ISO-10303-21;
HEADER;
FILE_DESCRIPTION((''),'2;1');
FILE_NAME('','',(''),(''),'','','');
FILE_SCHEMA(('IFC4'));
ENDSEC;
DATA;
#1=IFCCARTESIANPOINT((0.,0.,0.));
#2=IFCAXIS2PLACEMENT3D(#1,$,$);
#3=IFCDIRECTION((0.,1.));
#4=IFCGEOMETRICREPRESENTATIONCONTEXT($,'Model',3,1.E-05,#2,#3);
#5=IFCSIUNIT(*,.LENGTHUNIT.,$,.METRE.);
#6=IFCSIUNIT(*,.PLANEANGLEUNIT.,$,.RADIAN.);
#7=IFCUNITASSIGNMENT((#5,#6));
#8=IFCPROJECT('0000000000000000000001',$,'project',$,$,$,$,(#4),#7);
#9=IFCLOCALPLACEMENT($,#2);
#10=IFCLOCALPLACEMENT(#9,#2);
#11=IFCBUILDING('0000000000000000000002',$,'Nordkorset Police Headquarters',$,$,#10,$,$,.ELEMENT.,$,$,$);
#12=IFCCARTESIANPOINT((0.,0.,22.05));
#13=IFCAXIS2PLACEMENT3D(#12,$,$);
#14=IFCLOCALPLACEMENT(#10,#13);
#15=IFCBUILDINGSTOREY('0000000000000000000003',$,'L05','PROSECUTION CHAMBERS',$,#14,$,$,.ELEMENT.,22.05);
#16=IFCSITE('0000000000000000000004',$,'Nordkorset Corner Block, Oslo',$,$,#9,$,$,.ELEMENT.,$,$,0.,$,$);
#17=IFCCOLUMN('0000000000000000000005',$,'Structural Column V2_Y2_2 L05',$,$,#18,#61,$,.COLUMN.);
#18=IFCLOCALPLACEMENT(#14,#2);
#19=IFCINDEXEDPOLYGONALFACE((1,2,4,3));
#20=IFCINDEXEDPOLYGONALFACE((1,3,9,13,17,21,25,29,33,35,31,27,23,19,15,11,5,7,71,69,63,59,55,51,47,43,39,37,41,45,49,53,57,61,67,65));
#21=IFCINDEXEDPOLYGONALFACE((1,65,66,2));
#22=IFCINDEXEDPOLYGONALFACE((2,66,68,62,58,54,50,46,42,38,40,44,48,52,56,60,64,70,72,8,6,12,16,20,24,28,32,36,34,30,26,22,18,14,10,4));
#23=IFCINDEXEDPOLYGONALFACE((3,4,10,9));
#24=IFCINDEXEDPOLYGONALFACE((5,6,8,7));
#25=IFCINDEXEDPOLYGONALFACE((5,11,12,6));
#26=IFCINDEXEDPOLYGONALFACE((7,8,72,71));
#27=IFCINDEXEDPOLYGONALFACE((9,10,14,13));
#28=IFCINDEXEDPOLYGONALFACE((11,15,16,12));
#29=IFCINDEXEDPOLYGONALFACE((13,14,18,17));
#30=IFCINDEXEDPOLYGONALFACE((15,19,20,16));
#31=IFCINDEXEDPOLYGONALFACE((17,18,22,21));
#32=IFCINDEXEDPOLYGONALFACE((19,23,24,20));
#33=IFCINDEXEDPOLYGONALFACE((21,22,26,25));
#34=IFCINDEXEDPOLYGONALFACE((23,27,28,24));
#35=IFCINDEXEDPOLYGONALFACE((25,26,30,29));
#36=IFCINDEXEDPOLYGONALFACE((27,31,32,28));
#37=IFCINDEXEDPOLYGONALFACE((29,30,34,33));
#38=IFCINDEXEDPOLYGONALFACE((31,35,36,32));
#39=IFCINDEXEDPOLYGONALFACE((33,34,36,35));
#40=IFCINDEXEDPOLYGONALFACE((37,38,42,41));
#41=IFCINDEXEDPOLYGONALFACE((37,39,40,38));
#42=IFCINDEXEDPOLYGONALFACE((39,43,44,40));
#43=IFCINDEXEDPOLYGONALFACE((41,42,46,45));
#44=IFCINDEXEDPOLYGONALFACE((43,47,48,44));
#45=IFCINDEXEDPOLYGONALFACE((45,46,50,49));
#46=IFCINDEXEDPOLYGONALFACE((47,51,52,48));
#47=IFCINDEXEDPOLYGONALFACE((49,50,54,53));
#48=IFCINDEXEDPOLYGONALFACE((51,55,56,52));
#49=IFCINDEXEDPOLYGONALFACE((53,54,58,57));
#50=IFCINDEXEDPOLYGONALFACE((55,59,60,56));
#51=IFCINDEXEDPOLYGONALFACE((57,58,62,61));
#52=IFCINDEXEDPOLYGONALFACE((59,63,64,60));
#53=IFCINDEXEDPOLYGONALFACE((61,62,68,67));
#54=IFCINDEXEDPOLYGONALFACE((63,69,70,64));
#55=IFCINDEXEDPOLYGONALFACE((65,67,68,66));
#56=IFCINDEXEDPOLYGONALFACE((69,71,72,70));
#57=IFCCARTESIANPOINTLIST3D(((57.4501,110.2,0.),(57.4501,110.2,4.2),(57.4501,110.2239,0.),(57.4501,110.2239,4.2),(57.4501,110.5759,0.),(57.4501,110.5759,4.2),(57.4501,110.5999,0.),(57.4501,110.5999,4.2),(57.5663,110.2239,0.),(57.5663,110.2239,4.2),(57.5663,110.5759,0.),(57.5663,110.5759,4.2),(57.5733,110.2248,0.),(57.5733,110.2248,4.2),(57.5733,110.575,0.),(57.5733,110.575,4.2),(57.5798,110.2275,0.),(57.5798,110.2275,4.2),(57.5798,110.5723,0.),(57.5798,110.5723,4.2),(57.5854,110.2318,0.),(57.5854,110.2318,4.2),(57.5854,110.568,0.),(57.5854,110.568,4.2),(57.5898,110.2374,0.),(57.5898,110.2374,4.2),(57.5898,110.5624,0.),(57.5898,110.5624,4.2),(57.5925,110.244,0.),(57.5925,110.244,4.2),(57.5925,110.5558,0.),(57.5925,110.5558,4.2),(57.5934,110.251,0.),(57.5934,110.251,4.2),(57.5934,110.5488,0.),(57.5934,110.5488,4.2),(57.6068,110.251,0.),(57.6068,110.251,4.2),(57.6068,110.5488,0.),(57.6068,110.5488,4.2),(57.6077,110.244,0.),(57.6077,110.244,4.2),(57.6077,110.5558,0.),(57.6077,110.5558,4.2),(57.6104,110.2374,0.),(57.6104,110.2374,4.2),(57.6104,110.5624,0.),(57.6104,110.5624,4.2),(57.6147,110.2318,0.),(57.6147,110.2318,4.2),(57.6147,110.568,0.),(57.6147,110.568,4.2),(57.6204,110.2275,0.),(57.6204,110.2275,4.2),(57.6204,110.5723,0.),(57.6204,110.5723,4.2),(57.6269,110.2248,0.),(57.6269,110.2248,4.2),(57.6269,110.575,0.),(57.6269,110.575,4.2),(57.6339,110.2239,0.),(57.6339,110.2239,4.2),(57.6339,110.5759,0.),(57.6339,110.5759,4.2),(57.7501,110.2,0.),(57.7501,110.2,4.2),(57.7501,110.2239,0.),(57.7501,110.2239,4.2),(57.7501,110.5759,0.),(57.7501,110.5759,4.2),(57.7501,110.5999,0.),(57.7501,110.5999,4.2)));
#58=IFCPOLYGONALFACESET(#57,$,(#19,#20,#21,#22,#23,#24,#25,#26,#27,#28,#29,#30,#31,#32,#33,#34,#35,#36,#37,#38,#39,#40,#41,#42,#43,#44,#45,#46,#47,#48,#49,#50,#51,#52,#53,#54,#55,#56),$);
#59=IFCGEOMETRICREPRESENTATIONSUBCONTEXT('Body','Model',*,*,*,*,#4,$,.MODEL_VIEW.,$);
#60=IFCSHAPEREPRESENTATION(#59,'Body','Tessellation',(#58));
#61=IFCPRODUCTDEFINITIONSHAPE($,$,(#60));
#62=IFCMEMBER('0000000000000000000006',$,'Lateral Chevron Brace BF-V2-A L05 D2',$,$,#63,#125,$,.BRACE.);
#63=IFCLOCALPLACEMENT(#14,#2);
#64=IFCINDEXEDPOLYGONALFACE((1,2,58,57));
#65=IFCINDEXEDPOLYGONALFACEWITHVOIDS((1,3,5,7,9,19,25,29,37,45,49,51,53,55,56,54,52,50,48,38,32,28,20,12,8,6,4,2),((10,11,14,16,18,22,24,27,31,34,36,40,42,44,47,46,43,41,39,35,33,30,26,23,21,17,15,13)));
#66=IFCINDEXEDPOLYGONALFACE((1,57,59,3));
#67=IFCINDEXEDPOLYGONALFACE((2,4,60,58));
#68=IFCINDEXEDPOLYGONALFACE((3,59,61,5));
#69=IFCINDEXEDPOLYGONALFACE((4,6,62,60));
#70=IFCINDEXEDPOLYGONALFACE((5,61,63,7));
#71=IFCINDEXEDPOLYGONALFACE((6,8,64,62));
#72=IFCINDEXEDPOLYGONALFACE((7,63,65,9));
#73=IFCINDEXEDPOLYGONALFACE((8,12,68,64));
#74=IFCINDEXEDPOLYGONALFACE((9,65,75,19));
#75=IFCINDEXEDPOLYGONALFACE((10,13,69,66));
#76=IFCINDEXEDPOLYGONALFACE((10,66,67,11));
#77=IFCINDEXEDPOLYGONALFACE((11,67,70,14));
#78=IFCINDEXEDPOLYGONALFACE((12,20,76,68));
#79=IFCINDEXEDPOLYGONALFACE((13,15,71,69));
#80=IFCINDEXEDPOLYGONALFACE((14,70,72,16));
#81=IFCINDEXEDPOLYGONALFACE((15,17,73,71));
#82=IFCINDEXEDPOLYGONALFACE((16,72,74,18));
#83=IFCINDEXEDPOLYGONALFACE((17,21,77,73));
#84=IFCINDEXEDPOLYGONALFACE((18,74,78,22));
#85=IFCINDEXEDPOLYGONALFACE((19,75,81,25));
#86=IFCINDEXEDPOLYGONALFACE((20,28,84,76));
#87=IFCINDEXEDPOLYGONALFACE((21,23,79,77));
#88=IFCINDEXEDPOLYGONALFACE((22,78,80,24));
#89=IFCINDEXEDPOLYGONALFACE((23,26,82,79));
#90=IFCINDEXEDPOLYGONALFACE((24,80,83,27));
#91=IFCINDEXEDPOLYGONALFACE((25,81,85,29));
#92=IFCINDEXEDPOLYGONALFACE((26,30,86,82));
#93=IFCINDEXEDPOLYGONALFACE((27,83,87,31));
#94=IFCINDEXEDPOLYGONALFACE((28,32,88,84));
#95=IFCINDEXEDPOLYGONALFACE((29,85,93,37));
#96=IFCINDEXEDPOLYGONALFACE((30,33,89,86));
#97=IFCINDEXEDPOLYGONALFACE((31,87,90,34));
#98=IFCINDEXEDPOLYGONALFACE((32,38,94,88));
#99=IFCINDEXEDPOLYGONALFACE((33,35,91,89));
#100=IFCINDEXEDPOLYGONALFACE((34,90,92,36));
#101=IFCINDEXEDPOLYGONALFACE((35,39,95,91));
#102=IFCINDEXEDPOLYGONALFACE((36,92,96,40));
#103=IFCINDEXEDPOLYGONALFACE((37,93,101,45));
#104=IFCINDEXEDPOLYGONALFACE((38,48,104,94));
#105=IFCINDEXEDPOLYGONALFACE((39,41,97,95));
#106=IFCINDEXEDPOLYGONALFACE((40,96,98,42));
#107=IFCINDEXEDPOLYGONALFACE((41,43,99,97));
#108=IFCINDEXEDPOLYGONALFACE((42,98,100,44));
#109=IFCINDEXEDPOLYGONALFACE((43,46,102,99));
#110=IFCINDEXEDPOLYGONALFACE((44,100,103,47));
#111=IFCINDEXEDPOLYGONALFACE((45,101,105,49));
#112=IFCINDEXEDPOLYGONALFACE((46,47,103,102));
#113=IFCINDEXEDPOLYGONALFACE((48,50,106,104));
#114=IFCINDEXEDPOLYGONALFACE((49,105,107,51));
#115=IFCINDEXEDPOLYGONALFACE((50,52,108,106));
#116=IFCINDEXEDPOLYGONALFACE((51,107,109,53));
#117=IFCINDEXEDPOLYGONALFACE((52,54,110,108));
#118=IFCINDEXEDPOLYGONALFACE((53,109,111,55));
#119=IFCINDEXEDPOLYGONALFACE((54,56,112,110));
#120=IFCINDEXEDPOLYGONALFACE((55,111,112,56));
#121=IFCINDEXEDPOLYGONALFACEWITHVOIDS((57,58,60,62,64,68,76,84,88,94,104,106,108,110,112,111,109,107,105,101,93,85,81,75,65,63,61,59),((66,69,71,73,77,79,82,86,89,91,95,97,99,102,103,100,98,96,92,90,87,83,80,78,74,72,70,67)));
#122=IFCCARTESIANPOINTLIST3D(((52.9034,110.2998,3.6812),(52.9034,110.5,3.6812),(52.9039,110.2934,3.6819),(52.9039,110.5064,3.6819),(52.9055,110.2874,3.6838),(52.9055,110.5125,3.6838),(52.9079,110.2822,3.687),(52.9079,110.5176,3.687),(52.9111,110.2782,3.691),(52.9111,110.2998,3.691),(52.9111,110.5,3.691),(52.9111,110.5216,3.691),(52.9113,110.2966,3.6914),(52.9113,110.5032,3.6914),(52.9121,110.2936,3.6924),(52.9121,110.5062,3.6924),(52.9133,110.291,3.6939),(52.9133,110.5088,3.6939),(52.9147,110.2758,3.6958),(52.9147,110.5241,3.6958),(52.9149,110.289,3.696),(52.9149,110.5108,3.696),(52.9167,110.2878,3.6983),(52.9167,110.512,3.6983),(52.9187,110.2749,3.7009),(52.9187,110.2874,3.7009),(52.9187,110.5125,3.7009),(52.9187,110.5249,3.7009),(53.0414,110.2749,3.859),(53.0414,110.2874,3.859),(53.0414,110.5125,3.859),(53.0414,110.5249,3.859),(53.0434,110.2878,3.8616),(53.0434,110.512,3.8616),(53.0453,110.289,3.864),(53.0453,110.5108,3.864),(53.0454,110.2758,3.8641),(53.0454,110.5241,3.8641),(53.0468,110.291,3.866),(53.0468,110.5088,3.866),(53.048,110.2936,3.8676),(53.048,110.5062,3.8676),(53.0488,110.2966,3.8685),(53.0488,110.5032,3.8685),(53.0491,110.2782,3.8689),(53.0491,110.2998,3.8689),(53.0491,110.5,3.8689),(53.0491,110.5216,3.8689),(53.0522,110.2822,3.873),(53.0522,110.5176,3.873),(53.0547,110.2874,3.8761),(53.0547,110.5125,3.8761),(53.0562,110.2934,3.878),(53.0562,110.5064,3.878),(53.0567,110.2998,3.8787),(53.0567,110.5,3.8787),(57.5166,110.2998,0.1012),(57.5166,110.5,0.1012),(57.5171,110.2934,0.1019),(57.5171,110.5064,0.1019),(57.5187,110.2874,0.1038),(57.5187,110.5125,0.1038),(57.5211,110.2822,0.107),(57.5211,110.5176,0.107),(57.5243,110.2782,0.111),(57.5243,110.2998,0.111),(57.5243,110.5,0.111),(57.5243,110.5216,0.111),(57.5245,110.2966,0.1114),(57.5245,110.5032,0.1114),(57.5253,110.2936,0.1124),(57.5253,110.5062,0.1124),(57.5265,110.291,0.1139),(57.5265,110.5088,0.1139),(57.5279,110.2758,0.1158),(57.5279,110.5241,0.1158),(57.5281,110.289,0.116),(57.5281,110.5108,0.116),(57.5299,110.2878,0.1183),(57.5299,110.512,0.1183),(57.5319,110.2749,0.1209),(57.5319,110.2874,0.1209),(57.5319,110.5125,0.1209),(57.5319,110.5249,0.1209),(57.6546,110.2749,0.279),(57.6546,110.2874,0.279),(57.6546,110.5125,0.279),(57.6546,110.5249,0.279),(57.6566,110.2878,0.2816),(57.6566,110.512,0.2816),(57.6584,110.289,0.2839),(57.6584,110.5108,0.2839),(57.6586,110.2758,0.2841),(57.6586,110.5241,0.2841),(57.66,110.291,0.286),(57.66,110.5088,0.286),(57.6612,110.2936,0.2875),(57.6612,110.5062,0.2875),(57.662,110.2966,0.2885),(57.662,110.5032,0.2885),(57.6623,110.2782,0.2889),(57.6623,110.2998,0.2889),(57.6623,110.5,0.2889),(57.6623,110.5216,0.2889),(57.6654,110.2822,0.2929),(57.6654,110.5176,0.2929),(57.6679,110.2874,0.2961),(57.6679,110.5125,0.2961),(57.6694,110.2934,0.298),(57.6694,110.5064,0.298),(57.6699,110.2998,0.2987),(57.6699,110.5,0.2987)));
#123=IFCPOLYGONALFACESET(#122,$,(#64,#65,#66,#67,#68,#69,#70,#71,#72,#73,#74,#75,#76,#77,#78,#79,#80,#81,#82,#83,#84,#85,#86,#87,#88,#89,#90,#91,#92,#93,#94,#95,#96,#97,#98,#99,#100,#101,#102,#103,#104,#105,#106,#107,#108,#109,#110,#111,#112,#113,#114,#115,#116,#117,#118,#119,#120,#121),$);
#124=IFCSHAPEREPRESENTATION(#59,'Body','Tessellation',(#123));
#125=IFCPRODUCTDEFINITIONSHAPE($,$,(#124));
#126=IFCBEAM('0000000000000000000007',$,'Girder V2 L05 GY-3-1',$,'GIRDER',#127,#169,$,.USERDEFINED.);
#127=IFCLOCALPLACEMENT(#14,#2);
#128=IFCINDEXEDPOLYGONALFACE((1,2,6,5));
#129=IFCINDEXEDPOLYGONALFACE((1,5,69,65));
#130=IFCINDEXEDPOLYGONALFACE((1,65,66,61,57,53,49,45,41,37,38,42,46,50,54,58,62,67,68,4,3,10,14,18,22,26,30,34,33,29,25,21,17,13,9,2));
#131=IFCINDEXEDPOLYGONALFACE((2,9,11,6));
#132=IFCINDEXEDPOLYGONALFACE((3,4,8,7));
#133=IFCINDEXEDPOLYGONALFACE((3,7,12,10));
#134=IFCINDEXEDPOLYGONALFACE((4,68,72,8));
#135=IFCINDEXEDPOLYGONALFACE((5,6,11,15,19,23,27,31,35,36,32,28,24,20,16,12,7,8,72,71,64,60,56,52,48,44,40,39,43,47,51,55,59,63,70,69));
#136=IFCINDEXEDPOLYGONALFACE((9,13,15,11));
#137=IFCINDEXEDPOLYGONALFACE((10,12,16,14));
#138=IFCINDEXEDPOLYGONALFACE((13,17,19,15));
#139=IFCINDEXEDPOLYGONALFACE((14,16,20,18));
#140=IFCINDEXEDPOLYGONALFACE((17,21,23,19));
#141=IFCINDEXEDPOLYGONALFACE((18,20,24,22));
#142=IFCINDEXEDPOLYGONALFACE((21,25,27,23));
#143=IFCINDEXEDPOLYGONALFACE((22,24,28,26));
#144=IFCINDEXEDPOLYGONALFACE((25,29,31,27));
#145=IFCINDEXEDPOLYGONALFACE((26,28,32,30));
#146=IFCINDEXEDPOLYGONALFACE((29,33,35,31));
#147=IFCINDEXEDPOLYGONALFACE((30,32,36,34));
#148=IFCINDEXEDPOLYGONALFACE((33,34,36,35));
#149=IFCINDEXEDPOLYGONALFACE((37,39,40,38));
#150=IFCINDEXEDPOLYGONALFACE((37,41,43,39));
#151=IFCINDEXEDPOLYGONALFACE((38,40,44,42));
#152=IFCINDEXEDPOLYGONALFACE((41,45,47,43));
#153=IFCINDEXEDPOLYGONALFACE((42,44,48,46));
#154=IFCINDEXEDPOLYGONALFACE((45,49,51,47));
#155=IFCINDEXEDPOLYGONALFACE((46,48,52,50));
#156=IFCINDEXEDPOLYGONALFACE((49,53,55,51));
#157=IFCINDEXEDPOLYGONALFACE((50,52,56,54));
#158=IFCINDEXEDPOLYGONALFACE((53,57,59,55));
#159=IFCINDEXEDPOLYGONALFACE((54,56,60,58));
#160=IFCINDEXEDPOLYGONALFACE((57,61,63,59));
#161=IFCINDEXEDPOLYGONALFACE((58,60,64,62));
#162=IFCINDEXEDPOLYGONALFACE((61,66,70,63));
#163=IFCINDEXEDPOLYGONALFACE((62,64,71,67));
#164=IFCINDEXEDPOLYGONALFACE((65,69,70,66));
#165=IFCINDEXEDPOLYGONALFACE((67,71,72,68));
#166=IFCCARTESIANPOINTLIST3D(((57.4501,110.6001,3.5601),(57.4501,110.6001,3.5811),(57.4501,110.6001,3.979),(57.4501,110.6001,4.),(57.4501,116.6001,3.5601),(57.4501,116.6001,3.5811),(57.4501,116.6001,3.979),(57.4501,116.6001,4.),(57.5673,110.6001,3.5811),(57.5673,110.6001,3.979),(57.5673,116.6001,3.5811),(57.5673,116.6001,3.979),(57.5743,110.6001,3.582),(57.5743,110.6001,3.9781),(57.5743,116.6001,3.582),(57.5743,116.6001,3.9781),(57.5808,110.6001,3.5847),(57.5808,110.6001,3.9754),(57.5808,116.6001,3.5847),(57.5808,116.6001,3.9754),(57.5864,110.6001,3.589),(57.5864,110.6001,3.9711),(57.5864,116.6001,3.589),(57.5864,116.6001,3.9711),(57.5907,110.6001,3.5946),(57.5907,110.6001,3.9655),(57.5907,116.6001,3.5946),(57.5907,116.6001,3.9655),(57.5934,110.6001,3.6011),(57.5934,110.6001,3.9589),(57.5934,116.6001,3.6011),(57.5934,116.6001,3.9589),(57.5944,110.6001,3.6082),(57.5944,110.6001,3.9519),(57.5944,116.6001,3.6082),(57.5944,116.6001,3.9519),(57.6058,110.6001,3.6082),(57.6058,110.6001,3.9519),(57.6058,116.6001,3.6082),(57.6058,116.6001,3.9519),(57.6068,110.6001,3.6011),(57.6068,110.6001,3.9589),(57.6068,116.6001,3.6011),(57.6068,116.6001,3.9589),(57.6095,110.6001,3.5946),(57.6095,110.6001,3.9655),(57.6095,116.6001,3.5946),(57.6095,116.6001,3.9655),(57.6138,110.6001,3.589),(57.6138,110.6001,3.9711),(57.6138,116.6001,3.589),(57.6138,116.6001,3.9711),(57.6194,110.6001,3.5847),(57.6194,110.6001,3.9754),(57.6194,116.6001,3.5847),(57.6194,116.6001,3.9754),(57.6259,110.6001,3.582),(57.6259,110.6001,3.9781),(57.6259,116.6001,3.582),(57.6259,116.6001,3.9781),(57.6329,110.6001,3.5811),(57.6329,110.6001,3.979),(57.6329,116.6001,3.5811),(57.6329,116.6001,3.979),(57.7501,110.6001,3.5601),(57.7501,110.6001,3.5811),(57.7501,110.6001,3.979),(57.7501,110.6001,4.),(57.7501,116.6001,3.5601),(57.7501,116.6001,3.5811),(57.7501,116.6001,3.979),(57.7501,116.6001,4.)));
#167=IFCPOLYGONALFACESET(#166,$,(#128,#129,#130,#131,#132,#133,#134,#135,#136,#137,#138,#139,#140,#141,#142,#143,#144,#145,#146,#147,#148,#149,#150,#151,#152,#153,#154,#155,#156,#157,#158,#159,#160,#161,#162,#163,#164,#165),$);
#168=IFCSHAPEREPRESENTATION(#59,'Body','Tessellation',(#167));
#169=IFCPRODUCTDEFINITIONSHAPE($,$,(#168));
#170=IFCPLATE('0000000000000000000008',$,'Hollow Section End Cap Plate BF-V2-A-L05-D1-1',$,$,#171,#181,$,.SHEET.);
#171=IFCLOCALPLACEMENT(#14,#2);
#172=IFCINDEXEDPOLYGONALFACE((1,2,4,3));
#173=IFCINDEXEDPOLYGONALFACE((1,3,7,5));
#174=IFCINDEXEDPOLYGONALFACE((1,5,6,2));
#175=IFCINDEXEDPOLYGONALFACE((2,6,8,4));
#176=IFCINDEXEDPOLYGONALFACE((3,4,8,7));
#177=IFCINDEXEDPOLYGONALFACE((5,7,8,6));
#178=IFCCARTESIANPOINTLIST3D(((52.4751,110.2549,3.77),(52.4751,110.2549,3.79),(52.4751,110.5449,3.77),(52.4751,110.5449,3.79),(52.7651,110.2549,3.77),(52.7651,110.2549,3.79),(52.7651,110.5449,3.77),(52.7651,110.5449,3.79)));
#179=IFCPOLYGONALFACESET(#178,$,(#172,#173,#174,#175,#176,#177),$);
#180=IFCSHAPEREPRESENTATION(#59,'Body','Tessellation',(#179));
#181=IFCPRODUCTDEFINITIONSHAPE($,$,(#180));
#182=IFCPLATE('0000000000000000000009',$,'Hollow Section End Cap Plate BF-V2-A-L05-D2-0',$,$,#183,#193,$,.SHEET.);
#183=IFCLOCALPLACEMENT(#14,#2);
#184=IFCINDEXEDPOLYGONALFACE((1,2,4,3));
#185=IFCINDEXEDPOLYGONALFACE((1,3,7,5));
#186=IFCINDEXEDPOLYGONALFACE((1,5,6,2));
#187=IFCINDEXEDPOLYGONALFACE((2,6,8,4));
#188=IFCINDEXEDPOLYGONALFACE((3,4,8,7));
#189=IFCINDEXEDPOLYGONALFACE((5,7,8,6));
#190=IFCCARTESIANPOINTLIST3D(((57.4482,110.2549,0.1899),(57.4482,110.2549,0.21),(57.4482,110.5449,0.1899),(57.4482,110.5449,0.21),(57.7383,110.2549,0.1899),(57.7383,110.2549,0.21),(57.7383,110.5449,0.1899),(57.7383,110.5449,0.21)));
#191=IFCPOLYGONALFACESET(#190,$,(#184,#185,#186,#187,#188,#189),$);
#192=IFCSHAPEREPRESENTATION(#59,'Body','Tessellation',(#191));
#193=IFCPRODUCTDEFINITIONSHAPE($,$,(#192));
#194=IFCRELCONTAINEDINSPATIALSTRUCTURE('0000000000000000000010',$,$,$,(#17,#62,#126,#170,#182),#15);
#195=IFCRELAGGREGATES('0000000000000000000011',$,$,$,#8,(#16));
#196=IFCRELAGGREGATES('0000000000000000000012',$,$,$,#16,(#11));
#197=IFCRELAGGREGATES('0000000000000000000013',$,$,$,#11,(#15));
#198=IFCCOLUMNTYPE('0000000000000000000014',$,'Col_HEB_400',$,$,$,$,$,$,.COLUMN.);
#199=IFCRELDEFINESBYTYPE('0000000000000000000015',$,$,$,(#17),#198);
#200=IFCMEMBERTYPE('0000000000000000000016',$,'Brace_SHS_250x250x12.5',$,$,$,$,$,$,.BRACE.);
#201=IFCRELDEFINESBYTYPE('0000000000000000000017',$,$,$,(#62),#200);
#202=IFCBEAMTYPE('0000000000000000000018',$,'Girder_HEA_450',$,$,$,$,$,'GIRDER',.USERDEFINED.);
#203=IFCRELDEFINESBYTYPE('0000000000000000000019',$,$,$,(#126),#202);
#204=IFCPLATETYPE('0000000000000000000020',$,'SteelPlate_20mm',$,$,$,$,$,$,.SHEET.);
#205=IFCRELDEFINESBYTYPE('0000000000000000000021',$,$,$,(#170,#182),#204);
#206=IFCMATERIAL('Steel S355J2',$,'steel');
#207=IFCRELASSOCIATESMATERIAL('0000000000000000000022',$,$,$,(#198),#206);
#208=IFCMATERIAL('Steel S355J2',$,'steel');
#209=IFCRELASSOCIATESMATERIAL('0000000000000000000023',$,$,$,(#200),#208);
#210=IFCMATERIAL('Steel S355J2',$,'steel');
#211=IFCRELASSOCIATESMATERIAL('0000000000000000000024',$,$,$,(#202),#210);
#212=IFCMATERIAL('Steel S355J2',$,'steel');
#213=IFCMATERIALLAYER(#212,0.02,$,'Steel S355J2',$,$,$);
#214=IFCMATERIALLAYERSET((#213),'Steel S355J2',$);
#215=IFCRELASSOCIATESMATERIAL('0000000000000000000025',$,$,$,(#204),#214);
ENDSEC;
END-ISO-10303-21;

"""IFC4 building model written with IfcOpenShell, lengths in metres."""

from ifc_helpers import new_model, si_unit, direction, frame, origin, origin_2d, place, context, subcontext, project, spatial, rectangle, hollow_rectangle, i_section, extrude, material, layer, layer_set, material_profile, profile_set, type_object, element, save


model = new_model("IFC4")

# Units and contexts
model_context = context("Model", 3, precision=1e-05, world=origin(), true_north=direction((0.0, 1.0)))
body_context = subcontext(model_context, "Body", "Model", "MODEL_VIEW")
ifc_project = project(units=[si_unit("LENGTHUNIT", "METRE"), si_unit("PLANEANGLEUNIT", "RADIAN")], contexts=[model_context])

# Site, building, storey
site_placement = place(None, origin())
site = spatial("IfcSite", under=ifc_project, at=site_placement, Name="Nordkorset Corner Block, Oslo", CompositionType="ELEMENT", RefElevation=0.0)
building_placement = place(site_placement, origin())
building = spatial("IfcBuilding", under=site, at=building_placement, Name="Nordkorset Police Headquarters", CompositionType="ELEMENT")
storey_placement = place(building_placement, frame((0.0, 0.0, 22.05)))
storey = spatial("IfcBuildingStorey", under=building, at=storey_placement, Name="L05", Description="PROSECUTION CHAMBERS", CompositionType="ELEMENT", Elevation=22.05)

# Column
ifc_material_1 = material(Name="Steel S355J2", Category="steel")
ifc_material_profile_1 = material_profile(ifc_material_1, i_section(OverallWidth=0.3, OverallDepth=0.3999, WebThickness=0.0134, FlangeThickness=0.0239, FilletRadius=0.0271, at=origin_2d()), Name="HEB 400")
ifc_profile_set_1 = profile_set([ifc_material_profile_1], Name="Steel S355J2")
column_type = type_object("IfcColumnType", Name="Col_HEB_400", PredefinedType="COLUMN", material=ifc_profile_set_1)
column_placement = place(storey_placement, frame((57.6001, 110.3999, 0.0), z_axis=(0.0, 0.0, 1.0), x_axis=(1.0, 0.0, 0.0)))
element("IfcColumn", 1, at=column_placement, inside=storey, type_object=column_type, Name="Structural Column V2_Y2_2 L05", PredefinedType="COLUMN", context=body_context, shape_type="SweptSolid", body=[
    extrude(i_section(OverallWidth=0.3, OverallDepth=0.3999, WebThickness=0.0134, FlangeThickness=0.0239, FilletRadius=0.0271, at=origin_2d()), origin(), (0.0, 0.0, 1.0), 4.2),
])

# Member
ifc_material_2 = material(Name="Steel S355J2", Category="steel")
ifc_material_profile_2 = material_profile(ifc_material_2, hollow_rectangle(XDim=0.25, YDim=0.25, WallThickness=0.0125, InnerFilletRadius=0.0125, OuterFilletRadius=0.0249, at=origin_2d()), Name="SHS 250x250x12.5")
ifc_profile_set_2 = profile_set([ifc_material_profile_2], Name="Steel S355J2")
member_type = type_object("IfcMemberType", Name="Brace_SHS_250x250x12.5", PredefinedType="BRACE", material=ifc_profile_set_2)
member_placement = place(storey_placement, frame((57.5933, 110.3999, 0.2), z_axis=(-0.790018, 0.0, 0.613083), x_axis=(0.0, -1.0, 0.0)))
element("IfcMember", 2, at=member_placement, inside=storey, type_object=member_type, Name="Lateral Chevron Brace BF-V2-A L05 D2", PredefinedType="BRACE", context=body_context, shape_type="SweptSolid", body=[
    extrude(hollow_rectangle(XDim=0.25, YDim=0.25, WallThickness=0.0125, InnerFilletRadius=0.0125, OuterFilletRadius=0.0249, at=origin_2d()), origin(), (0.0, 0.0, 1.0), 5.8394),
])

# Beam
ifc_material_3 = material(Name="Steel S355J2", Category="steel")
ifc_material_profile_3 = material_profile(ifc_material_3, i_section(OverallWidth=0.3, OverallDepth=0.4399, WebThickness=0.0115, FlangeThickness=0.021, FilletRadius=0.0271, at=origin_2d()), Name="HEA 450")
ifc_profile_set_3 = profile_set([ifc_material_profile_3], Name="Steel S355J2")
beam_type = type_object("IfcBeamType", Name="Girder_HEA_450", ElementType="GIRDER", PredefinedType="USERDEFINED", material=ifc_profile_set_3)
beam_placement = place(storey_placement, frame((57.6001, 110.6001, 3.78), z_axis=(0.0, 1.0, 0.0), x_axis=(-1.0, 0.0, 0.0)))
element("IfcBeam", 3, at=beam_placement, inside=storey, type_object=beam_type, Name="Girder V2 L05 GY-3-1", ObjectType="GIRDER", PredefinedType="USERDEFINED", context=body_context, shape_type="SweptSolid", body=[
    extrude(i_section(OverallWidth=0.3, OverallDepth=0.4399, WebThickness=0.0115, FlangeThickness=0.021, FilletRadius=0.0271, at=origin_2d()), origin(), (0.0, 0.0, 1.0), 6.0),
])

# Plates
ifc_material_4 = material(Name="Steel S355J2", Category="steel")
ifc_layer_1 = layer(ifc_material_4, 0.02, Name="Steel S355J2")
ifc_layer_set_1 = layer_set([ifc_layer_1], Name="Steel S355J2")
plate_type = type_object("IfcPlateType", Name="SteelPlate_20mm", PredefinedType="SHEET", material=ifc_layer_set_1)
for number, where, z_axis, x_axis, name in (
    (4, (52.6201, 110.3999, 3.77), (0.0, 0.0, 1.0), (1.0, 0.0, 0.0), "Hollow Section End Cap Plate BF-V2-A-L05-D1-1"),
    (5, (57.5933, 110.3999, 0.1899), (0.0, 0.0, 1.0), (1.0, 0.0, 0.0), "Hollow Section End Cap Plate BF-V2-A-L05-D2-0"),
):
    element("IfcPlate", number, at=place(storey_placement, frame(where, z_axis=z_axis, x_axis=x_axis)), inside=storey, type_object=plate_type, Name=name, PredefinedType="SHEET", context=body_context, shape_type="SweptSolid", body=[
        extrude(rectangle(XDim=0.29, YDim=0.29, at=origin_2d()), origin(), (0.0, 0.0, 1.0), 0.02),
    ])

save(model, "model.ifc")
